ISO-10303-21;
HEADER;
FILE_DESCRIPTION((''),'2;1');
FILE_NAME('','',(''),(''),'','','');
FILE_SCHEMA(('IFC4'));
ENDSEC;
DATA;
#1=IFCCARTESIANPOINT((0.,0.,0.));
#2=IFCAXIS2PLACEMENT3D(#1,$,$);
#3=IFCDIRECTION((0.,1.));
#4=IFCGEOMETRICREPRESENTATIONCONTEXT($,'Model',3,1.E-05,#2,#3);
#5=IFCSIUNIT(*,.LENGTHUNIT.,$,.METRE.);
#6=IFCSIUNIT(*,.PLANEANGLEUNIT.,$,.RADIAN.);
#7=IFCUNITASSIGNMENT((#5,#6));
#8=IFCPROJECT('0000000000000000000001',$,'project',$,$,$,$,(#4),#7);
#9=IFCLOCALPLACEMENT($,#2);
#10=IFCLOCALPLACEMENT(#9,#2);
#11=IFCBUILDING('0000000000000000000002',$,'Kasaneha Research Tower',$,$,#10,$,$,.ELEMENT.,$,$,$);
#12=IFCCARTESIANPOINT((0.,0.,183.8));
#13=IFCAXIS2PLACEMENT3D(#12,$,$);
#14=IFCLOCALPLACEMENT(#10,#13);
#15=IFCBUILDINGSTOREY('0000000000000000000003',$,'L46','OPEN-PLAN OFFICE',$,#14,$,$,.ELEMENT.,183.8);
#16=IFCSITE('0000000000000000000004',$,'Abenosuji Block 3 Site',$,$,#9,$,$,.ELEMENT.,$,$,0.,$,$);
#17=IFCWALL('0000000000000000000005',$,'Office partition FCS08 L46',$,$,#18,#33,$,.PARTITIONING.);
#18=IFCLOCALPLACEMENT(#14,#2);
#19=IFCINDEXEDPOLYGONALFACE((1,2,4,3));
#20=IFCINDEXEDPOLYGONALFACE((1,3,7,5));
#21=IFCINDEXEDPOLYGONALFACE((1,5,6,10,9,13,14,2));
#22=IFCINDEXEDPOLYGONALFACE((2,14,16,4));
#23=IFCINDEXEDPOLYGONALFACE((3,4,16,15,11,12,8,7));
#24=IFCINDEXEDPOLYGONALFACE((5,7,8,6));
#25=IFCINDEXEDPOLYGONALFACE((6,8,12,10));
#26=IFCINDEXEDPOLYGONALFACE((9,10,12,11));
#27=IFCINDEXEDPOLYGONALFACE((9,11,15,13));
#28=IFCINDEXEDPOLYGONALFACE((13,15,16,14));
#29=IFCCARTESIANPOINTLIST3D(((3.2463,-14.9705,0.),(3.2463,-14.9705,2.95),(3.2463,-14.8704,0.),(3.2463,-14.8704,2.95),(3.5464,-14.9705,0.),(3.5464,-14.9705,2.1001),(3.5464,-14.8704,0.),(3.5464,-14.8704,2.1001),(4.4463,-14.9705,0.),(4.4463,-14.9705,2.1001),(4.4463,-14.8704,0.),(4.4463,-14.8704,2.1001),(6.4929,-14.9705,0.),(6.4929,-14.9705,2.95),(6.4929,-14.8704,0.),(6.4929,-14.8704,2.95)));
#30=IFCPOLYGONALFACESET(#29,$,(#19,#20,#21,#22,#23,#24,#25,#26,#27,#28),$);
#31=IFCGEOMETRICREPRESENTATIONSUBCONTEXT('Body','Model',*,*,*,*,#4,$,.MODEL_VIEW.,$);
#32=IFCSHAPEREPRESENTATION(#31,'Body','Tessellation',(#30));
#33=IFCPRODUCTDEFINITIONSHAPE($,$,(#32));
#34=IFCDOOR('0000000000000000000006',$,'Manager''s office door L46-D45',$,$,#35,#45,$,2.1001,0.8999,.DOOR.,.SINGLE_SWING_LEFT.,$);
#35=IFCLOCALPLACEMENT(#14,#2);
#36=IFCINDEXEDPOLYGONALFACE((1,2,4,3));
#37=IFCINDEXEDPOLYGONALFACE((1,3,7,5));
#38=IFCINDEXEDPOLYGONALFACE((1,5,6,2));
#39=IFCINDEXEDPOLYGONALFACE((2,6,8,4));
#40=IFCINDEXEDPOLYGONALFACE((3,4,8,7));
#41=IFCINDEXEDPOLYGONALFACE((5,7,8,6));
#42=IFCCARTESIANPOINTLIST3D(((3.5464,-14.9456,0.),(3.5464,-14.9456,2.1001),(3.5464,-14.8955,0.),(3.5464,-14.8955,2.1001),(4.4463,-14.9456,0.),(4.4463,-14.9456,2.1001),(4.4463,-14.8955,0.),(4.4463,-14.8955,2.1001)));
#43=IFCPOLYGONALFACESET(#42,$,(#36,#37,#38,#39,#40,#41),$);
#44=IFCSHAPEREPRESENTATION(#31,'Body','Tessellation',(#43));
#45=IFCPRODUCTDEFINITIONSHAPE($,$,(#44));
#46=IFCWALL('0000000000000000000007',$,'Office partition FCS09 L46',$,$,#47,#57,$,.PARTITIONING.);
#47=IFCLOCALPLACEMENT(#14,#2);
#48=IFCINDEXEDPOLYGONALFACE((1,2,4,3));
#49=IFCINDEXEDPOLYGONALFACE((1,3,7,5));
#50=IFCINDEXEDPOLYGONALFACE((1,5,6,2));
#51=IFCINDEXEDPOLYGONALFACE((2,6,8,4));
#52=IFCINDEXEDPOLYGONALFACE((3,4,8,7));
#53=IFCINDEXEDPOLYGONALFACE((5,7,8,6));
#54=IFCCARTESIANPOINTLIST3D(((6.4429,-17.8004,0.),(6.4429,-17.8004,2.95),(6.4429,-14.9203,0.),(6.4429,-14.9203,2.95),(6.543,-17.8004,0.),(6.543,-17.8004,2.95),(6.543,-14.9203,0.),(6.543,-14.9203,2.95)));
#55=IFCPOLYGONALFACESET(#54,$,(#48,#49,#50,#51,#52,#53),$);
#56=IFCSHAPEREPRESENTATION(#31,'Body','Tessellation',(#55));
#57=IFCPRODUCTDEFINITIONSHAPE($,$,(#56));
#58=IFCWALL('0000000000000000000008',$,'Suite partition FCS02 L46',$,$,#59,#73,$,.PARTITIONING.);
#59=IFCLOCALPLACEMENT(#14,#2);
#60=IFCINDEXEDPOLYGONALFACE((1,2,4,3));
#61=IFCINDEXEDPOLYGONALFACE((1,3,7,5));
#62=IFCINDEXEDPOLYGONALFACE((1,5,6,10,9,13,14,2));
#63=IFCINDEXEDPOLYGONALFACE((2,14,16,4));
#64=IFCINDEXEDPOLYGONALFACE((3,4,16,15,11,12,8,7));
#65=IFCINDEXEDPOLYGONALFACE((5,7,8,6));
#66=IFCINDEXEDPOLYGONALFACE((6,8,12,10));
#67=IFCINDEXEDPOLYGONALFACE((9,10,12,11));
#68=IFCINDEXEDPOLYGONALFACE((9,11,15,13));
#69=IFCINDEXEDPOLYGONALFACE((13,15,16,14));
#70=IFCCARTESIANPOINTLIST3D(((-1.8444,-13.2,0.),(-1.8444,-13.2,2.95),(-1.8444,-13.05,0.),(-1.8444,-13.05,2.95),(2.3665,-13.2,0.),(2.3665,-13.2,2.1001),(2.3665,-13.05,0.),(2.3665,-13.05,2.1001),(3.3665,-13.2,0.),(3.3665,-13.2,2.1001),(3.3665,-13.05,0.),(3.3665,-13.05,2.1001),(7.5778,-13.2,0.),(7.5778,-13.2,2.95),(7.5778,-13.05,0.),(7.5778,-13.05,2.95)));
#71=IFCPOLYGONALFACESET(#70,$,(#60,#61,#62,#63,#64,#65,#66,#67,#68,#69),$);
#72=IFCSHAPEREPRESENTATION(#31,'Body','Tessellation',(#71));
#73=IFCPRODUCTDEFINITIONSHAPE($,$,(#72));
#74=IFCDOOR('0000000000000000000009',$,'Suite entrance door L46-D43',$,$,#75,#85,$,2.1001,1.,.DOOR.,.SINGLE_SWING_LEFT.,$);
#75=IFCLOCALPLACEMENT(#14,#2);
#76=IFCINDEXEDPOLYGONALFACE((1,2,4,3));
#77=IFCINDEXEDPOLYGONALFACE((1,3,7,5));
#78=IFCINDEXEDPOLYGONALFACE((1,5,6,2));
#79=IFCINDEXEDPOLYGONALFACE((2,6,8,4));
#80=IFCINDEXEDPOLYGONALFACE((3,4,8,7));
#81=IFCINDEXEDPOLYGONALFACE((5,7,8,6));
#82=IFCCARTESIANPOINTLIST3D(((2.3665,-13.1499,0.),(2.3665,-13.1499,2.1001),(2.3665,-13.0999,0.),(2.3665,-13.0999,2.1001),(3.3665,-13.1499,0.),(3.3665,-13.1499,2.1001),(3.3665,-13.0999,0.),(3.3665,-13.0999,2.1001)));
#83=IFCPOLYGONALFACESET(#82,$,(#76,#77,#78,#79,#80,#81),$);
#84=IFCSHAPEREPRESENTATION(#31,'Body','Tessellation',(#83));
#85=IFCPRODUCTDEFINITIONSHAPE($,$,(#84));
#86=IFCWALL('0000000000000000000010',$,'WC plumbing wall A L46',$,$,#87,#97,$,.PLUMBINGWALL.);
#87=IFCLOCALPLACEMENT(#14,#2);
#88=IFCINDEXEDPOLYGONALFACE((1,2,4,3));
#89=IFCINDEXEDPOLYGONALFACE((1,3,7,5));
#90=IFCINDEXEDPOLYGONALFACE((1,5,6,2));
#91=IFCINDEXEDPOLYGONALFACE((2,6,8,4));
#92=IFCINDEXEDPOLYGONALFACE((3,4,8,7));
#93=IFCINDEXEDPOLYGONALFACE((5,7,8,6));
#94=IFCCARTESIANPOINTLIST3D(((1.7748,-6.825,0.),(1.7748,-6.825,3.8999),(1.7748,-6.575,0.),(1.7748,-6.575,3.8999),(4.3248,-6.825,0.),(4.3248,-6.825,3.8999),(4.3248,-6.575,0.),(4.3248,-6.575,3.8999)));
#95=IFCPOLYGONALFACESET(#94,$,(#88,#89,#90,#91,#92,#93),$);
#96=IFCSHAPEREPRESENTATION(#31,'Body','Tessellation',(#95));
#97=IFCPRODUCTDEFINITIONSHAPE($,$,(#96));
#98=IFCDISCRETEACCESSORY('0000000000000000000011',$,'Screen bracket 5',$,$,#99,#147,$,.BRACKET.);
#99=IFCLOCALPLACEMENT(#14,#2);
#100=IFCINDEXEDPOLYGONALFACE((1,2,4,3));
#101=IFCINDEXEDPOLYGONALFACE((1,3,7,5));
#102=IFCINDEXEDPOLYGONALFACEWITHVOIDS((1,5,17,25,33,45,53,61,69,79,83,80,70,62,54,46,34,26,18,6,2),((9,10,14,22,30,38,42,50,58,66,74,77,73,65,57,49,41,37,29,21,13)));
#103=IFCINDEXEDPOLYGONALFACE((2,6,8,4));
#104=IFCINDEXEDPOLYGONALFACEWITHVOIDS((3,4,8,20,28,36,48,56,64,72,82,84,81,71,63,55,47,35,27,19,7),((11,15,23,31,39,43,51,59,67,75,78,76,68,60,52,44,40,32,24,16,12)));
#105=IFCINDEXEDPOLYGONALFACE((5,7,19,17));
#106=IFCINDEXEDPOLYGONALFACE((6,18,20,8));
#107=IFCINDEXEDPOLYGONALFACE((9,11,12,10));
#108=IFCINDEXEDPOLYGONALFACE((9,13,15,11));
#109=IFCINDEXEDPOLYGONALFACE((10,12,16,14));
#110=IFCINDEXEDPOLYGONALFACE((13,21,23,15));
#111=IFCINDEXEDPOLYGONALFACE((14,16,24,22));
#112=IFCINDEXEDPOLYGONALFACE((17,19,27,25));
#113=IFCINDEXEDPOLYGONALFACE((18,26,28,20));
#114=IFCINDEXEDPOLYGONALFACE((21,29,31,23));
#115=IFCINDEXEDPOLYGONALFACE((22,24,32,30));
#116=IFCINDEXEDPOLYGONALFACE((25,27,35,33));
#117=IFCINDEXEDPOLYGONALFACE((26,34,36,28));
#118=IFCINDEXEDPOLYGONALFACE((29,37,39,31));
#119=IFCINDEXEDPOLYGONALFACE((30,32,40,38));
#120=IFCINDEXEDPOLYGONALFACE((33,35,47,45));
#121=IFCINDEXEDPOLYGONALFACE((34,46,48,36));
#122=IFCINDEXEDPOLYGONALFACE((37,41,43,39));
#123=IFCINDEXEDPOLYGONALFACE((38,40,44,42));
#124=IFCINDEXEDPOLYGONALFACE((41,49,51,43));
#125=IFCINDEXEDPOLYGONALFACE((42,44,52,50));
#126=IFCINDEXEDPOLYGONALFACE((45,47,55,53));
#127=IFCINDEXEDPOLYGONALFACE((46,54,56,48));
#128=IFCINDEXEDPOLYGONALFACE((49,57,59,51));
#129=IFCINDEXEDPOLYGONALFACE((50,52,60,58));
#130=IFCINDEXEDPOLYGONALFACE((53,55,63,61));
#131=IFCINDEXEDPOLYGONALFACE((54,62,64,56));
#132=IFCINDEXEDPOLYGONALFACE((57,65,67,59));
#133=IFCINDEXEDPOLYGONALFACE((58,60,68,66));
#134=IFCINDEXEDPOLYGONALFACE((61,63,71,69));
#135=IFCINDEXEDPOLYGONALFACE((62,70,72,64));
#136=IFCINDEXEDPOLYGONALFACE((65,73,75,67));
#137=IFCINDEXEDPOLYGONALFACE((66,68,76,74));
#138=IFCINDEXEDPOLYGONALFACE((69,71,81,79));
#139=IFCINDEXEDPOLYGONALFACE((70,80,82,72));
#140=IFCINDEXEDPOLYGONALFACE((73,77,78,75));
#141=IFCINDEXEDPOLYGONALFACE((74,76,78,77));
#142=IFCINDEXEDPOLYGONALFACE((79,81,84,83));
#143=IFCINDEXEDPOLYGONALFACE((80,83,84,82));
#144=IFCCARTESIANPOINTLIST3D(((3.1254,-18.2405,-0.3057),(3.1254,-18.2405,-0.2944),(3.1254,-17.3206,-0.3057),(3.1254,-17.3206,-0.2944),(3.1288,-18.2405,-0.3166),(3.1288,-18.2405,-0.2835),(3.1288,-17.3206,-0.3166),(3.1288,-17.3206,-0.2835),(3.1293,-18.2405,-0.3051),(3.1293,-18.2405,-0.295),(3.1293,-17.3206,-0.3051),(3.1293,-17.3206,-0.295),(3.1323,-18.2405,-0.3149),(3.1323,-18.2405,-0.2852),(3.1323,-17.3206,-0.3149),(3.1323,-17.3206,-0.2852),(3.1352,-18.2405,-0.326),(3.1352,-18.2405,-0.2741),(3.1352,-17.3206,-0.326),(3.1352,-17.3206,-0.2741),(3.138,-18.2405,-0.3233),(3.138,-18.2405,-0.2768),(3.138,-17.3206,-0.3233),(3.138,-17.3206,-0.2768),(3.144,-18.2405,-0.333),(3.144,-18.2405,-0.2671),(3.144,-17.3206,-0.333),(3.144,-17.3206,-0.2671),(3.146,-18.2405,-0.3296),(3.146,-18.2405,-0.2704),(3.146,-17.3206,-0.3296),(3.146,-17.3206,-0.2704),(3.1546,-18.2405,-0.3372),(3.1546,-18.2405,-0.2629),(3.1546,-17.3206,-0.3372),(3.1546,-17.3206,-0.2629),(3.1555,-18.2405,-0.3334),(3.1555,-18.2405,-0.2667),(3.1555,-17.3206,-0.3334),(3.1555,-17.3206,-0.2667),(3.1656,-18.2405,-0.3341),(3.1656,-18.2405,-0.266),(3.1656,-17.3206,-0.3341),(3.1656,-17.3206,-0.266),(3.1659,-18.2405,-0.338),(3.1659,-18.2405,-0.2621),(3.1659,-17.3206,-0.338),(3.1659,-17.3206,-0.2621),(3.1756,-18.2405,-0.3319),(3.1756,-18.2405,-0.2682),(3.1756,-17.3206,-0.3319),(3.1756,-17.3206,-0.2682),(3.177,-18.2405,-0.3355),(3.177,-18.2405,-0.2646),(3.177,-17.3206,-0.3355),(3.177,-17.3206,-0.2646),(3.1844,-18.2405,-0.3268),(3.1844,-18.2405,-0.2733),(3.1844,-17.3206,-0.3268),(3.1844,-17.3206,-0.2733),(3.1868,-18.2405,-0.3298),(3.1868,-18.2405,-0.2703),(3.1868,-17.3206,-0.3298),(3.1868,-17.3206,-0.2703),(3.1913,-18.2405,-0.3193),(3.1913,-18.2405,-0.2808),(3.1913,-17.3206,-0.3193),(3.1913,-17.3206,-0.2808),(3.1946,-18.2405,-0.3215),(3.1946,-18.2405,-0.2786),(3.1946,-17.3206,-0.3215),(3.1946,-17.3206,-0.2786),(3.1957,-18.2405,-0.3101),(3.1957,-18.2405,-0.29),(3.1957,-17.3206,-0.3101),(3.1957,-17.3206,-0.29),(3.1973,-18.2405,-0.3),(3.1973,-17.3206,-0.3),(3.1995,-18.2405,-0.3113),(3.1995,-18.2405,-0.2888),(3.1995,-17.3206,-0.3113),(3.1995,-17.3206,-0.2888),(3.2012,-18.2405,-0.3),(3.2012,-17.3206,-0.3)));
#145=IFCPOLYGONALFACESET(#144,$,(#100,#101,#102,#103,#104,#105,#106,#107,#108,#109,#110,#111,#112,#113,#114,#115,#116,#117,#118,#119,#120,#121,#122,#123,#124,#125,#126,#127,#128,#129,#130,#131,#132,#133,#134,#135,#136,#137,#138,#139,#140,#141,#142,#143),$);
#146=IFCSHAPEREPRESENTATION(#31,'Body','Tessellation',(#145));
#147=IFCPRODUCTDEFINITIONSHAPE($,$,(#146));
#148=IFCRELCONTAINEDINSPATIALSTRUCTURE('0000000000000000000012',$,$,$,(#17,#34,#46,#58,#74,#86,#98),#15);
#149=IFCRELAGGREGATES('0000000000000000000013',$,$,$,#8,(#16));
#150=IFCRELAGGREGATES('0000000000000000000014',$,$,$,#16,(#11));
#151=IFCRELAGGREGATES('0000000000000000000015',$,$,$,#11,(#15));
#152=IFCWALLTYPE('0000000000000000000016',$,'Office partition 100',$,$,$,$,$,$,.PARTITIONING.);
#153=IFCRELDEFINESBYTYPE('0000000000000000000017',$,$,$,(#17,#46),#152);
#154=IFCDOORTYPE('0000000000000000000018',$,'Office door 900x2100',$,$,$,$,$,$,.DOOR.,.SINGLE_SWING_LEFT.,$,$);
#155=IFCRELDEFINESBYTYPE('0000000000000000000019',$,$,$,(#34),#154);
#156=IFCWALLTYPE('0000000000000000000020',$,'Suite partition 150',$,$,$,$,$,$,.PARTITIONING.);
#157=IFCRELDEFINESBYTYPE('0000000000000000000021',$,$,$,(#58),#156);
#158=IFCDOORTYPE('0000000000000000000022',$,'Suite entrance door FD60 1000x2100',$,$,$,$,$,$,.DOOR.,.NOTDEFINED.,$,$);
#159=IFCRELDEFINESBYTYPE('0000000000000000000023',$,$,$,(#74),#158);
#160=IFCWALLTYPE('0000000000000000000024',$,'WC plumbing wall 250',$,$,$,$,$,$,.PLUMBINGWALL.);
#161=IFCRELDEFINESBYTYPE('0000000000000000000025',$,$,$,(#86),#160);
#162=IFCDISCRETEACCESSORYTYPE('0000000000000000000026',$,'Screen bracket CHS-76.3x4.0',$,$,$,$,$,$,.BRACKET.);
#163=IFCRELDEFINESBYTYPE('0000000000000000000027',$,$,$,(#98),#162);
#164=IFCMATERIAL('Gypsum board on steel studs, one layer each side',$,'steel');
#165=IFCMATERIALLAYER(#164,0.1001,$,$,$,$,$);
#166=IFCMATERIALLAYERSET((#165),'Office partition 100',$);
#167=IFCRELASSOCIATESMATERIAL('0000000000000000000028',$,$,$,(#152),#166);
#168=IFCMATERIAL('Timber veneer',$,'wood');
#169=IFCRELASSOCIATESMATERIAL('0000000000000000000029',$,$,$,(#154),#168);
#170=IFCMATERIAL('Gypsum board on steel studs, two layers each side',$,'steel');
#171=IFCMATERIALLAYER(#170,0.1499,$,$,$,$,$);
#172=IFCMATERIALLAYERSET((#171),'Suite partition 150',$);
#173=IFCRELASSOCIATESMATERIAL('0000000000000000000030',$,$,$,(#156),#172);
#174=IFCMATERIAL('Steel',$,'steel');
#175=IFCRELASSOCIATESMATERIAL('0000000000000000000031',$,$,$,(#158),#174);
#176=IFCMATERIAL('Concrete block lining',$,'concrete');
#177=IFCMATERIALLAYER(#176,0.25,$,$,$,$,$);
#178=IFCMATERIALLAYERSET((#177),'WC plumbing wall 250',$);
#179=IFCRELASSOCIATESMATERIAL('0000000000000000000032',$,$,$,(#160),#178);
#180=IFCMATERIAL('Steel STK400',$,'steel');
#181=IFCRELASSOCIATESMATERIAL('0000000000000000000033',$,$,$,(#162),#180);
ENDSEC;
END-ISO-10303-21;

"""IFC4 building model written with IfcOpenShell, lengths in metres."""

from ifc_helpers import new_model, si_unit, direction, frame, frame_2d, origin, origin_2d, place, context, subcontext, project, spatial, rectangle, hollow_circle, extrude, material, layer, layer_set, material_profile, profile_set, type_object, element, fill, save


model = new_model("IFC4")

# Units and contexts
model_context = context("Model", 3, precision=1e-05, world=origin(), true_north=direction((0.0, 1.0)))
body_context = subcontext(model_context, "Body", "Model", "MODEL_VIEW")
ifc_project = project(units=[si_unit("LENGTHUNIT", "METRE"), si_unit("PLANEANGLEUNIT", "RADIAN")], contexts=[model_context])

# Site, building, storey
site_placement = place(None, origin())
site = spatial("IfcSite", under=ifc_project, at=site_placement, Name="Abenosuji Block 3 Site", CompositionType="ELEMENT", RefElevation=0.0)
building_placement = place(site_placement, origin())
building = spatial("IfcBuilding", under=site, at=building_placement, Name="Kasaneha Research Tower", CompositionType="ELEMENT")
storey_placement = place(building_placement, frame((0.0, 0.0, 183.8)))
storey = spatial("IfcBuildingStorey", under=building, at=storey_placement, Name="L46", Description="OPEN-PLAN OFFICE", CompositionType="ELEMENT", Elevation=183.8)

# Wall, opening, door
ifc_material_1 = material(Name="Gypsum board on steel studs, one layer each side", Category="steel")
ifc_layer_1 = layer(ifc_material_1, 0.1001)
ifc_layer_set_1 = layer_set([ifc_layer_1], Name="Office partition 100")
wall_type_1 = type_object("IfcWallType", Name="Office partition 100", PredefinedType="PARTITIONING", material=ifc_layer_set_1)
wall_1_placement = place(storey_placement, frame((3.2463, -14.9204, 0.0), z_axis=(0.0, 0.0, 1.0), x_axis=(1.0, 0.0, 0.0)))
wall_1 = element("IfcWall", 1, at=wall_1_placement, inside=storey, type_object=wall_type_1, Name="Office partition FCS08 L46", PredefinedType="PARTITIONING", context=body_context, shape_type="SweptSolid", body=[
    extrude(rectangle(XDim=3.2466, YDim=0.1001, at=frame_2d((1.6233, 0.0))), origin(), (0.0, 0.0, 1.0), 2.95),
])
opening_1_placement = place(wall_1_placement, frame((0.3, 0.0, 0.0)))
opening_1 = element("IfcOpeningElement", 2, at=opening_1_placement, cuts=wall_1, PredefinedType="OPENING", context=body_context, shape_type="SweptSolid", body=[
    extrude(rectangle(XDim=0.8999, YDim=2.1001, at=frame_2d((0.45, 1.05))), frame((0.0, 0.0601, 0.0), z_axis=(0.0, -1.0, 0.0), x_axis=(1.0, 0.0, 0.0)), (0.0, 0.0, 1.0), 0.1201),
])
ifc_material_2 = material(Name="Timber veneer", Category="wood")
door_type_1 = type_object("IfcDoorType", Name="Office door 900x2100", OperationType="SINGLE_SWING_LEFT", PredefinedType="DOOR", material=ifc_material_2)
door_1_placement = place(opening_1_placement, origin())
door_1 = element("IfcDoor", 3, at=door_1_placement, inside=storey, type_object=door_type_1, Name="Manager's office door L46-D45", OperationType="SINGLE_SWING_LEFT", OverallHeight=2.1001, OverallWidth=0.8999, PredefinedType="DOOR", context=body_context, shape_type="SweptSolid", body=[
    extrude(rectangle(XDim=0.8999, YDim=2.1001, at=frame_2d((0.45, 1.05))), frame((0.0, 0.0249, 0.0), z_axis=(0.0, -1.0, 0.0), x_axis=(1.0, 0.0, 0.0)), (0.0, 0.0, 1.0), 0.05),
])
fill(opening_1, door_1)

# Wall
wall_2_placement = place(storey_placement, frame((6.4929, -14.9204, 0.0), z_axis=(0.0, 0.0, 1.0), x_axis=(0.0, -1.0, 0.0)))
element("IfcWall", 4, at=wall_2_placement, inside=storey, type_object=wall_type_1, Name="Office partition FCS09 L46", PredefinedType="PARTITIONING", context=body_context, shape_type="SweptSolid", body=[
    extrude(rectangle(XDim=2.8801, YDim=0.1001, at=frame_2d((1.4399, 0.0))), origin(), (0.0, 0.0, 1.0), 2.95),
])

# Wall, opening, door
ifc_material_3 = material(Name="Gypsum board on steel studs, two layers each side", Category="steel")
ifc_layer_2 = layer(ifc_material_3, 0.1499)
ifc_layer_set_2 = layer_set([ifc_layer_2], Name="Suite partition 150")
wall_type_2 = type_object("IfcWallType", Name="Suite partition 150", PredefinedType="PARTITIONING", material=ifc_layer_set_2)
wall_3_placement = place(storey_placement, frame((7.5776, -13.125, 0.0), z_axis=(0.0, 0.0, 1.0), x_axis=(-1.0, 0.0, 0.0)))
wall_3 = element("IfcWall", 5, at=wall_3_placement, inside=storey, type_object=wall_type_2, Name="Suite partition FCS02 L46", PredefinedType="PARTITIONING", context=body_context, shape_type="SweptSolid", body=[
    extrude(rectangle(XDim=9.4221, YDim=0.1499, at=frame_2d((4.7109, 0.0))), origin(), (0.0, 0.0, 1.0), 2.95),
])
opening_2_placement = place(wall_3_placement, frame((4.2112, 0.0, 0.0)))
opening_2 = element("IfcOpeningElement", 6, at=opening_2_placement, cuts=wall_3, PredefinedType="OPENING", context=body_context, shape_type="SweptSolid", body=[
    extrude(rectangle(XDim=1.0, YDim=2.1001, at=frame_2d((0.5, 1.05))), frame((0.0, 0.085, 0.0), z_axis=(0.0, -1.0, 0.0), x_axis=(1.0, 0.0, 0.0)), (0.0, 0.0, 1.0), 0.1699),
])
ifc_material_4 = material(Name="Steel", Category="steel")
door_type_2 = type_object("IfcDoorType", Name="Suite entrance door FD60 1000x2100", OperationType="NOTDEFINED", PredefinedType="DOOR", material=ifc_material_4)
door_2_placement = place(opening_2_placement, origin())
door_2 = element("IfcDoor", 7, at=door_2_placement, inside=storey, type_object=door_type_2, Name="Suite entrance door L46-D43", OperationType="SINGLE_SWING_LEFT", OverallHeight=2.1001, OverallWidth=1.0, PredefinedType="DOOR", context=body_context, shape_type="SweptSolid", body=[
    extrude(rectangle(XDim=1.0, YDim=2.1001, at=frame_2d((0.5, 1.05))), frame((0.0, 0.0249, 0.0), z_axis=(0.0, -1.0, 0.0), x_axis=(1.0, 0.0, 0.0)), (0.0, 0.0, 1.0), 0.05),
])
fill(opening_2, door_2)

# Wall
ifc_material_5 = material(Name="Concrete block lining", Category="concrete")
ifc_layer_3 = layer(ifc_material_5, 0.25)
ifc_layer_set_3 = layer_set([ifc_layer_3], Name="WC plumbing wall 250")
wall_type_3 = type_object("IfcWallType", Name="WC plumbing wall 250", PredefinedType="PLUMBINGWALL", material=ifc_layer_set_3)
wall_4_placement = place(storey_placement, frame((1.7749, -6.7, 0.0), z_axis=(0.0, 0.0, 1.0), x_axis=(1.0, 0.0, 0.0)))
element("IfcWall", 8, at=wall_4_placement, inside=storey, type_object=wall_type_3, Name="WC plumbing wall A L46", PredefinedType="PLUMBINGWALL", context=body_context, shape_type="SweptSolid", body=[
    extrude(rectangle(XDim=2.55, YDim=0.25, at=frame_2d((1.2749, 0.0))), origin(), (0.0, 0.0, 1.0), 3.8999),
])

# Discrete accessory
ifc_material_6 = material(Name="Steel STK400", Category="steel")
ifc_material_profile_1 = material_profile(ifc_material_6, hollow_circle(Radius=0.0381, WallThickness=0.0039, at=origin_2d()), Name="CHS-76.3x4.0")
ifc_profile_set_1 = profile_set([ifc_material_profile_1], Name="Steel STK400")
discrete_accessory_type = type_object("IfcDiscreteAccessoryType", Name="Screen bracket CHS-76.3x4.0", PredefinedType="BRACKET", material=ifc_profile_set_1)
for number, where, z_axis, x_axis, name in (
    (9, (3.1631, -17.3206, -0.3), (0.0, -1.0, 0.0), (1.0, 0.0, 0.0), "Screen bracket 5"),
):
    element("IfcDiscreteAccessory", number, at=place(storey_placement, frame(where, z_axis=z_axis, x_axis=x_axis)), inside=storey, type_object=discrete_accessory_type, Name=name, PredefinedType="BRACKET", context=body_context, shape_type="SweptSolid", body=[
        extrude(hollow_circle(Radius=0.0381, WallThickness=0.0039, at=origin_2d()), origin(), (0.0, 0.0, 1.0), 0.9199),
    ])

save(model, "model.ifc")
